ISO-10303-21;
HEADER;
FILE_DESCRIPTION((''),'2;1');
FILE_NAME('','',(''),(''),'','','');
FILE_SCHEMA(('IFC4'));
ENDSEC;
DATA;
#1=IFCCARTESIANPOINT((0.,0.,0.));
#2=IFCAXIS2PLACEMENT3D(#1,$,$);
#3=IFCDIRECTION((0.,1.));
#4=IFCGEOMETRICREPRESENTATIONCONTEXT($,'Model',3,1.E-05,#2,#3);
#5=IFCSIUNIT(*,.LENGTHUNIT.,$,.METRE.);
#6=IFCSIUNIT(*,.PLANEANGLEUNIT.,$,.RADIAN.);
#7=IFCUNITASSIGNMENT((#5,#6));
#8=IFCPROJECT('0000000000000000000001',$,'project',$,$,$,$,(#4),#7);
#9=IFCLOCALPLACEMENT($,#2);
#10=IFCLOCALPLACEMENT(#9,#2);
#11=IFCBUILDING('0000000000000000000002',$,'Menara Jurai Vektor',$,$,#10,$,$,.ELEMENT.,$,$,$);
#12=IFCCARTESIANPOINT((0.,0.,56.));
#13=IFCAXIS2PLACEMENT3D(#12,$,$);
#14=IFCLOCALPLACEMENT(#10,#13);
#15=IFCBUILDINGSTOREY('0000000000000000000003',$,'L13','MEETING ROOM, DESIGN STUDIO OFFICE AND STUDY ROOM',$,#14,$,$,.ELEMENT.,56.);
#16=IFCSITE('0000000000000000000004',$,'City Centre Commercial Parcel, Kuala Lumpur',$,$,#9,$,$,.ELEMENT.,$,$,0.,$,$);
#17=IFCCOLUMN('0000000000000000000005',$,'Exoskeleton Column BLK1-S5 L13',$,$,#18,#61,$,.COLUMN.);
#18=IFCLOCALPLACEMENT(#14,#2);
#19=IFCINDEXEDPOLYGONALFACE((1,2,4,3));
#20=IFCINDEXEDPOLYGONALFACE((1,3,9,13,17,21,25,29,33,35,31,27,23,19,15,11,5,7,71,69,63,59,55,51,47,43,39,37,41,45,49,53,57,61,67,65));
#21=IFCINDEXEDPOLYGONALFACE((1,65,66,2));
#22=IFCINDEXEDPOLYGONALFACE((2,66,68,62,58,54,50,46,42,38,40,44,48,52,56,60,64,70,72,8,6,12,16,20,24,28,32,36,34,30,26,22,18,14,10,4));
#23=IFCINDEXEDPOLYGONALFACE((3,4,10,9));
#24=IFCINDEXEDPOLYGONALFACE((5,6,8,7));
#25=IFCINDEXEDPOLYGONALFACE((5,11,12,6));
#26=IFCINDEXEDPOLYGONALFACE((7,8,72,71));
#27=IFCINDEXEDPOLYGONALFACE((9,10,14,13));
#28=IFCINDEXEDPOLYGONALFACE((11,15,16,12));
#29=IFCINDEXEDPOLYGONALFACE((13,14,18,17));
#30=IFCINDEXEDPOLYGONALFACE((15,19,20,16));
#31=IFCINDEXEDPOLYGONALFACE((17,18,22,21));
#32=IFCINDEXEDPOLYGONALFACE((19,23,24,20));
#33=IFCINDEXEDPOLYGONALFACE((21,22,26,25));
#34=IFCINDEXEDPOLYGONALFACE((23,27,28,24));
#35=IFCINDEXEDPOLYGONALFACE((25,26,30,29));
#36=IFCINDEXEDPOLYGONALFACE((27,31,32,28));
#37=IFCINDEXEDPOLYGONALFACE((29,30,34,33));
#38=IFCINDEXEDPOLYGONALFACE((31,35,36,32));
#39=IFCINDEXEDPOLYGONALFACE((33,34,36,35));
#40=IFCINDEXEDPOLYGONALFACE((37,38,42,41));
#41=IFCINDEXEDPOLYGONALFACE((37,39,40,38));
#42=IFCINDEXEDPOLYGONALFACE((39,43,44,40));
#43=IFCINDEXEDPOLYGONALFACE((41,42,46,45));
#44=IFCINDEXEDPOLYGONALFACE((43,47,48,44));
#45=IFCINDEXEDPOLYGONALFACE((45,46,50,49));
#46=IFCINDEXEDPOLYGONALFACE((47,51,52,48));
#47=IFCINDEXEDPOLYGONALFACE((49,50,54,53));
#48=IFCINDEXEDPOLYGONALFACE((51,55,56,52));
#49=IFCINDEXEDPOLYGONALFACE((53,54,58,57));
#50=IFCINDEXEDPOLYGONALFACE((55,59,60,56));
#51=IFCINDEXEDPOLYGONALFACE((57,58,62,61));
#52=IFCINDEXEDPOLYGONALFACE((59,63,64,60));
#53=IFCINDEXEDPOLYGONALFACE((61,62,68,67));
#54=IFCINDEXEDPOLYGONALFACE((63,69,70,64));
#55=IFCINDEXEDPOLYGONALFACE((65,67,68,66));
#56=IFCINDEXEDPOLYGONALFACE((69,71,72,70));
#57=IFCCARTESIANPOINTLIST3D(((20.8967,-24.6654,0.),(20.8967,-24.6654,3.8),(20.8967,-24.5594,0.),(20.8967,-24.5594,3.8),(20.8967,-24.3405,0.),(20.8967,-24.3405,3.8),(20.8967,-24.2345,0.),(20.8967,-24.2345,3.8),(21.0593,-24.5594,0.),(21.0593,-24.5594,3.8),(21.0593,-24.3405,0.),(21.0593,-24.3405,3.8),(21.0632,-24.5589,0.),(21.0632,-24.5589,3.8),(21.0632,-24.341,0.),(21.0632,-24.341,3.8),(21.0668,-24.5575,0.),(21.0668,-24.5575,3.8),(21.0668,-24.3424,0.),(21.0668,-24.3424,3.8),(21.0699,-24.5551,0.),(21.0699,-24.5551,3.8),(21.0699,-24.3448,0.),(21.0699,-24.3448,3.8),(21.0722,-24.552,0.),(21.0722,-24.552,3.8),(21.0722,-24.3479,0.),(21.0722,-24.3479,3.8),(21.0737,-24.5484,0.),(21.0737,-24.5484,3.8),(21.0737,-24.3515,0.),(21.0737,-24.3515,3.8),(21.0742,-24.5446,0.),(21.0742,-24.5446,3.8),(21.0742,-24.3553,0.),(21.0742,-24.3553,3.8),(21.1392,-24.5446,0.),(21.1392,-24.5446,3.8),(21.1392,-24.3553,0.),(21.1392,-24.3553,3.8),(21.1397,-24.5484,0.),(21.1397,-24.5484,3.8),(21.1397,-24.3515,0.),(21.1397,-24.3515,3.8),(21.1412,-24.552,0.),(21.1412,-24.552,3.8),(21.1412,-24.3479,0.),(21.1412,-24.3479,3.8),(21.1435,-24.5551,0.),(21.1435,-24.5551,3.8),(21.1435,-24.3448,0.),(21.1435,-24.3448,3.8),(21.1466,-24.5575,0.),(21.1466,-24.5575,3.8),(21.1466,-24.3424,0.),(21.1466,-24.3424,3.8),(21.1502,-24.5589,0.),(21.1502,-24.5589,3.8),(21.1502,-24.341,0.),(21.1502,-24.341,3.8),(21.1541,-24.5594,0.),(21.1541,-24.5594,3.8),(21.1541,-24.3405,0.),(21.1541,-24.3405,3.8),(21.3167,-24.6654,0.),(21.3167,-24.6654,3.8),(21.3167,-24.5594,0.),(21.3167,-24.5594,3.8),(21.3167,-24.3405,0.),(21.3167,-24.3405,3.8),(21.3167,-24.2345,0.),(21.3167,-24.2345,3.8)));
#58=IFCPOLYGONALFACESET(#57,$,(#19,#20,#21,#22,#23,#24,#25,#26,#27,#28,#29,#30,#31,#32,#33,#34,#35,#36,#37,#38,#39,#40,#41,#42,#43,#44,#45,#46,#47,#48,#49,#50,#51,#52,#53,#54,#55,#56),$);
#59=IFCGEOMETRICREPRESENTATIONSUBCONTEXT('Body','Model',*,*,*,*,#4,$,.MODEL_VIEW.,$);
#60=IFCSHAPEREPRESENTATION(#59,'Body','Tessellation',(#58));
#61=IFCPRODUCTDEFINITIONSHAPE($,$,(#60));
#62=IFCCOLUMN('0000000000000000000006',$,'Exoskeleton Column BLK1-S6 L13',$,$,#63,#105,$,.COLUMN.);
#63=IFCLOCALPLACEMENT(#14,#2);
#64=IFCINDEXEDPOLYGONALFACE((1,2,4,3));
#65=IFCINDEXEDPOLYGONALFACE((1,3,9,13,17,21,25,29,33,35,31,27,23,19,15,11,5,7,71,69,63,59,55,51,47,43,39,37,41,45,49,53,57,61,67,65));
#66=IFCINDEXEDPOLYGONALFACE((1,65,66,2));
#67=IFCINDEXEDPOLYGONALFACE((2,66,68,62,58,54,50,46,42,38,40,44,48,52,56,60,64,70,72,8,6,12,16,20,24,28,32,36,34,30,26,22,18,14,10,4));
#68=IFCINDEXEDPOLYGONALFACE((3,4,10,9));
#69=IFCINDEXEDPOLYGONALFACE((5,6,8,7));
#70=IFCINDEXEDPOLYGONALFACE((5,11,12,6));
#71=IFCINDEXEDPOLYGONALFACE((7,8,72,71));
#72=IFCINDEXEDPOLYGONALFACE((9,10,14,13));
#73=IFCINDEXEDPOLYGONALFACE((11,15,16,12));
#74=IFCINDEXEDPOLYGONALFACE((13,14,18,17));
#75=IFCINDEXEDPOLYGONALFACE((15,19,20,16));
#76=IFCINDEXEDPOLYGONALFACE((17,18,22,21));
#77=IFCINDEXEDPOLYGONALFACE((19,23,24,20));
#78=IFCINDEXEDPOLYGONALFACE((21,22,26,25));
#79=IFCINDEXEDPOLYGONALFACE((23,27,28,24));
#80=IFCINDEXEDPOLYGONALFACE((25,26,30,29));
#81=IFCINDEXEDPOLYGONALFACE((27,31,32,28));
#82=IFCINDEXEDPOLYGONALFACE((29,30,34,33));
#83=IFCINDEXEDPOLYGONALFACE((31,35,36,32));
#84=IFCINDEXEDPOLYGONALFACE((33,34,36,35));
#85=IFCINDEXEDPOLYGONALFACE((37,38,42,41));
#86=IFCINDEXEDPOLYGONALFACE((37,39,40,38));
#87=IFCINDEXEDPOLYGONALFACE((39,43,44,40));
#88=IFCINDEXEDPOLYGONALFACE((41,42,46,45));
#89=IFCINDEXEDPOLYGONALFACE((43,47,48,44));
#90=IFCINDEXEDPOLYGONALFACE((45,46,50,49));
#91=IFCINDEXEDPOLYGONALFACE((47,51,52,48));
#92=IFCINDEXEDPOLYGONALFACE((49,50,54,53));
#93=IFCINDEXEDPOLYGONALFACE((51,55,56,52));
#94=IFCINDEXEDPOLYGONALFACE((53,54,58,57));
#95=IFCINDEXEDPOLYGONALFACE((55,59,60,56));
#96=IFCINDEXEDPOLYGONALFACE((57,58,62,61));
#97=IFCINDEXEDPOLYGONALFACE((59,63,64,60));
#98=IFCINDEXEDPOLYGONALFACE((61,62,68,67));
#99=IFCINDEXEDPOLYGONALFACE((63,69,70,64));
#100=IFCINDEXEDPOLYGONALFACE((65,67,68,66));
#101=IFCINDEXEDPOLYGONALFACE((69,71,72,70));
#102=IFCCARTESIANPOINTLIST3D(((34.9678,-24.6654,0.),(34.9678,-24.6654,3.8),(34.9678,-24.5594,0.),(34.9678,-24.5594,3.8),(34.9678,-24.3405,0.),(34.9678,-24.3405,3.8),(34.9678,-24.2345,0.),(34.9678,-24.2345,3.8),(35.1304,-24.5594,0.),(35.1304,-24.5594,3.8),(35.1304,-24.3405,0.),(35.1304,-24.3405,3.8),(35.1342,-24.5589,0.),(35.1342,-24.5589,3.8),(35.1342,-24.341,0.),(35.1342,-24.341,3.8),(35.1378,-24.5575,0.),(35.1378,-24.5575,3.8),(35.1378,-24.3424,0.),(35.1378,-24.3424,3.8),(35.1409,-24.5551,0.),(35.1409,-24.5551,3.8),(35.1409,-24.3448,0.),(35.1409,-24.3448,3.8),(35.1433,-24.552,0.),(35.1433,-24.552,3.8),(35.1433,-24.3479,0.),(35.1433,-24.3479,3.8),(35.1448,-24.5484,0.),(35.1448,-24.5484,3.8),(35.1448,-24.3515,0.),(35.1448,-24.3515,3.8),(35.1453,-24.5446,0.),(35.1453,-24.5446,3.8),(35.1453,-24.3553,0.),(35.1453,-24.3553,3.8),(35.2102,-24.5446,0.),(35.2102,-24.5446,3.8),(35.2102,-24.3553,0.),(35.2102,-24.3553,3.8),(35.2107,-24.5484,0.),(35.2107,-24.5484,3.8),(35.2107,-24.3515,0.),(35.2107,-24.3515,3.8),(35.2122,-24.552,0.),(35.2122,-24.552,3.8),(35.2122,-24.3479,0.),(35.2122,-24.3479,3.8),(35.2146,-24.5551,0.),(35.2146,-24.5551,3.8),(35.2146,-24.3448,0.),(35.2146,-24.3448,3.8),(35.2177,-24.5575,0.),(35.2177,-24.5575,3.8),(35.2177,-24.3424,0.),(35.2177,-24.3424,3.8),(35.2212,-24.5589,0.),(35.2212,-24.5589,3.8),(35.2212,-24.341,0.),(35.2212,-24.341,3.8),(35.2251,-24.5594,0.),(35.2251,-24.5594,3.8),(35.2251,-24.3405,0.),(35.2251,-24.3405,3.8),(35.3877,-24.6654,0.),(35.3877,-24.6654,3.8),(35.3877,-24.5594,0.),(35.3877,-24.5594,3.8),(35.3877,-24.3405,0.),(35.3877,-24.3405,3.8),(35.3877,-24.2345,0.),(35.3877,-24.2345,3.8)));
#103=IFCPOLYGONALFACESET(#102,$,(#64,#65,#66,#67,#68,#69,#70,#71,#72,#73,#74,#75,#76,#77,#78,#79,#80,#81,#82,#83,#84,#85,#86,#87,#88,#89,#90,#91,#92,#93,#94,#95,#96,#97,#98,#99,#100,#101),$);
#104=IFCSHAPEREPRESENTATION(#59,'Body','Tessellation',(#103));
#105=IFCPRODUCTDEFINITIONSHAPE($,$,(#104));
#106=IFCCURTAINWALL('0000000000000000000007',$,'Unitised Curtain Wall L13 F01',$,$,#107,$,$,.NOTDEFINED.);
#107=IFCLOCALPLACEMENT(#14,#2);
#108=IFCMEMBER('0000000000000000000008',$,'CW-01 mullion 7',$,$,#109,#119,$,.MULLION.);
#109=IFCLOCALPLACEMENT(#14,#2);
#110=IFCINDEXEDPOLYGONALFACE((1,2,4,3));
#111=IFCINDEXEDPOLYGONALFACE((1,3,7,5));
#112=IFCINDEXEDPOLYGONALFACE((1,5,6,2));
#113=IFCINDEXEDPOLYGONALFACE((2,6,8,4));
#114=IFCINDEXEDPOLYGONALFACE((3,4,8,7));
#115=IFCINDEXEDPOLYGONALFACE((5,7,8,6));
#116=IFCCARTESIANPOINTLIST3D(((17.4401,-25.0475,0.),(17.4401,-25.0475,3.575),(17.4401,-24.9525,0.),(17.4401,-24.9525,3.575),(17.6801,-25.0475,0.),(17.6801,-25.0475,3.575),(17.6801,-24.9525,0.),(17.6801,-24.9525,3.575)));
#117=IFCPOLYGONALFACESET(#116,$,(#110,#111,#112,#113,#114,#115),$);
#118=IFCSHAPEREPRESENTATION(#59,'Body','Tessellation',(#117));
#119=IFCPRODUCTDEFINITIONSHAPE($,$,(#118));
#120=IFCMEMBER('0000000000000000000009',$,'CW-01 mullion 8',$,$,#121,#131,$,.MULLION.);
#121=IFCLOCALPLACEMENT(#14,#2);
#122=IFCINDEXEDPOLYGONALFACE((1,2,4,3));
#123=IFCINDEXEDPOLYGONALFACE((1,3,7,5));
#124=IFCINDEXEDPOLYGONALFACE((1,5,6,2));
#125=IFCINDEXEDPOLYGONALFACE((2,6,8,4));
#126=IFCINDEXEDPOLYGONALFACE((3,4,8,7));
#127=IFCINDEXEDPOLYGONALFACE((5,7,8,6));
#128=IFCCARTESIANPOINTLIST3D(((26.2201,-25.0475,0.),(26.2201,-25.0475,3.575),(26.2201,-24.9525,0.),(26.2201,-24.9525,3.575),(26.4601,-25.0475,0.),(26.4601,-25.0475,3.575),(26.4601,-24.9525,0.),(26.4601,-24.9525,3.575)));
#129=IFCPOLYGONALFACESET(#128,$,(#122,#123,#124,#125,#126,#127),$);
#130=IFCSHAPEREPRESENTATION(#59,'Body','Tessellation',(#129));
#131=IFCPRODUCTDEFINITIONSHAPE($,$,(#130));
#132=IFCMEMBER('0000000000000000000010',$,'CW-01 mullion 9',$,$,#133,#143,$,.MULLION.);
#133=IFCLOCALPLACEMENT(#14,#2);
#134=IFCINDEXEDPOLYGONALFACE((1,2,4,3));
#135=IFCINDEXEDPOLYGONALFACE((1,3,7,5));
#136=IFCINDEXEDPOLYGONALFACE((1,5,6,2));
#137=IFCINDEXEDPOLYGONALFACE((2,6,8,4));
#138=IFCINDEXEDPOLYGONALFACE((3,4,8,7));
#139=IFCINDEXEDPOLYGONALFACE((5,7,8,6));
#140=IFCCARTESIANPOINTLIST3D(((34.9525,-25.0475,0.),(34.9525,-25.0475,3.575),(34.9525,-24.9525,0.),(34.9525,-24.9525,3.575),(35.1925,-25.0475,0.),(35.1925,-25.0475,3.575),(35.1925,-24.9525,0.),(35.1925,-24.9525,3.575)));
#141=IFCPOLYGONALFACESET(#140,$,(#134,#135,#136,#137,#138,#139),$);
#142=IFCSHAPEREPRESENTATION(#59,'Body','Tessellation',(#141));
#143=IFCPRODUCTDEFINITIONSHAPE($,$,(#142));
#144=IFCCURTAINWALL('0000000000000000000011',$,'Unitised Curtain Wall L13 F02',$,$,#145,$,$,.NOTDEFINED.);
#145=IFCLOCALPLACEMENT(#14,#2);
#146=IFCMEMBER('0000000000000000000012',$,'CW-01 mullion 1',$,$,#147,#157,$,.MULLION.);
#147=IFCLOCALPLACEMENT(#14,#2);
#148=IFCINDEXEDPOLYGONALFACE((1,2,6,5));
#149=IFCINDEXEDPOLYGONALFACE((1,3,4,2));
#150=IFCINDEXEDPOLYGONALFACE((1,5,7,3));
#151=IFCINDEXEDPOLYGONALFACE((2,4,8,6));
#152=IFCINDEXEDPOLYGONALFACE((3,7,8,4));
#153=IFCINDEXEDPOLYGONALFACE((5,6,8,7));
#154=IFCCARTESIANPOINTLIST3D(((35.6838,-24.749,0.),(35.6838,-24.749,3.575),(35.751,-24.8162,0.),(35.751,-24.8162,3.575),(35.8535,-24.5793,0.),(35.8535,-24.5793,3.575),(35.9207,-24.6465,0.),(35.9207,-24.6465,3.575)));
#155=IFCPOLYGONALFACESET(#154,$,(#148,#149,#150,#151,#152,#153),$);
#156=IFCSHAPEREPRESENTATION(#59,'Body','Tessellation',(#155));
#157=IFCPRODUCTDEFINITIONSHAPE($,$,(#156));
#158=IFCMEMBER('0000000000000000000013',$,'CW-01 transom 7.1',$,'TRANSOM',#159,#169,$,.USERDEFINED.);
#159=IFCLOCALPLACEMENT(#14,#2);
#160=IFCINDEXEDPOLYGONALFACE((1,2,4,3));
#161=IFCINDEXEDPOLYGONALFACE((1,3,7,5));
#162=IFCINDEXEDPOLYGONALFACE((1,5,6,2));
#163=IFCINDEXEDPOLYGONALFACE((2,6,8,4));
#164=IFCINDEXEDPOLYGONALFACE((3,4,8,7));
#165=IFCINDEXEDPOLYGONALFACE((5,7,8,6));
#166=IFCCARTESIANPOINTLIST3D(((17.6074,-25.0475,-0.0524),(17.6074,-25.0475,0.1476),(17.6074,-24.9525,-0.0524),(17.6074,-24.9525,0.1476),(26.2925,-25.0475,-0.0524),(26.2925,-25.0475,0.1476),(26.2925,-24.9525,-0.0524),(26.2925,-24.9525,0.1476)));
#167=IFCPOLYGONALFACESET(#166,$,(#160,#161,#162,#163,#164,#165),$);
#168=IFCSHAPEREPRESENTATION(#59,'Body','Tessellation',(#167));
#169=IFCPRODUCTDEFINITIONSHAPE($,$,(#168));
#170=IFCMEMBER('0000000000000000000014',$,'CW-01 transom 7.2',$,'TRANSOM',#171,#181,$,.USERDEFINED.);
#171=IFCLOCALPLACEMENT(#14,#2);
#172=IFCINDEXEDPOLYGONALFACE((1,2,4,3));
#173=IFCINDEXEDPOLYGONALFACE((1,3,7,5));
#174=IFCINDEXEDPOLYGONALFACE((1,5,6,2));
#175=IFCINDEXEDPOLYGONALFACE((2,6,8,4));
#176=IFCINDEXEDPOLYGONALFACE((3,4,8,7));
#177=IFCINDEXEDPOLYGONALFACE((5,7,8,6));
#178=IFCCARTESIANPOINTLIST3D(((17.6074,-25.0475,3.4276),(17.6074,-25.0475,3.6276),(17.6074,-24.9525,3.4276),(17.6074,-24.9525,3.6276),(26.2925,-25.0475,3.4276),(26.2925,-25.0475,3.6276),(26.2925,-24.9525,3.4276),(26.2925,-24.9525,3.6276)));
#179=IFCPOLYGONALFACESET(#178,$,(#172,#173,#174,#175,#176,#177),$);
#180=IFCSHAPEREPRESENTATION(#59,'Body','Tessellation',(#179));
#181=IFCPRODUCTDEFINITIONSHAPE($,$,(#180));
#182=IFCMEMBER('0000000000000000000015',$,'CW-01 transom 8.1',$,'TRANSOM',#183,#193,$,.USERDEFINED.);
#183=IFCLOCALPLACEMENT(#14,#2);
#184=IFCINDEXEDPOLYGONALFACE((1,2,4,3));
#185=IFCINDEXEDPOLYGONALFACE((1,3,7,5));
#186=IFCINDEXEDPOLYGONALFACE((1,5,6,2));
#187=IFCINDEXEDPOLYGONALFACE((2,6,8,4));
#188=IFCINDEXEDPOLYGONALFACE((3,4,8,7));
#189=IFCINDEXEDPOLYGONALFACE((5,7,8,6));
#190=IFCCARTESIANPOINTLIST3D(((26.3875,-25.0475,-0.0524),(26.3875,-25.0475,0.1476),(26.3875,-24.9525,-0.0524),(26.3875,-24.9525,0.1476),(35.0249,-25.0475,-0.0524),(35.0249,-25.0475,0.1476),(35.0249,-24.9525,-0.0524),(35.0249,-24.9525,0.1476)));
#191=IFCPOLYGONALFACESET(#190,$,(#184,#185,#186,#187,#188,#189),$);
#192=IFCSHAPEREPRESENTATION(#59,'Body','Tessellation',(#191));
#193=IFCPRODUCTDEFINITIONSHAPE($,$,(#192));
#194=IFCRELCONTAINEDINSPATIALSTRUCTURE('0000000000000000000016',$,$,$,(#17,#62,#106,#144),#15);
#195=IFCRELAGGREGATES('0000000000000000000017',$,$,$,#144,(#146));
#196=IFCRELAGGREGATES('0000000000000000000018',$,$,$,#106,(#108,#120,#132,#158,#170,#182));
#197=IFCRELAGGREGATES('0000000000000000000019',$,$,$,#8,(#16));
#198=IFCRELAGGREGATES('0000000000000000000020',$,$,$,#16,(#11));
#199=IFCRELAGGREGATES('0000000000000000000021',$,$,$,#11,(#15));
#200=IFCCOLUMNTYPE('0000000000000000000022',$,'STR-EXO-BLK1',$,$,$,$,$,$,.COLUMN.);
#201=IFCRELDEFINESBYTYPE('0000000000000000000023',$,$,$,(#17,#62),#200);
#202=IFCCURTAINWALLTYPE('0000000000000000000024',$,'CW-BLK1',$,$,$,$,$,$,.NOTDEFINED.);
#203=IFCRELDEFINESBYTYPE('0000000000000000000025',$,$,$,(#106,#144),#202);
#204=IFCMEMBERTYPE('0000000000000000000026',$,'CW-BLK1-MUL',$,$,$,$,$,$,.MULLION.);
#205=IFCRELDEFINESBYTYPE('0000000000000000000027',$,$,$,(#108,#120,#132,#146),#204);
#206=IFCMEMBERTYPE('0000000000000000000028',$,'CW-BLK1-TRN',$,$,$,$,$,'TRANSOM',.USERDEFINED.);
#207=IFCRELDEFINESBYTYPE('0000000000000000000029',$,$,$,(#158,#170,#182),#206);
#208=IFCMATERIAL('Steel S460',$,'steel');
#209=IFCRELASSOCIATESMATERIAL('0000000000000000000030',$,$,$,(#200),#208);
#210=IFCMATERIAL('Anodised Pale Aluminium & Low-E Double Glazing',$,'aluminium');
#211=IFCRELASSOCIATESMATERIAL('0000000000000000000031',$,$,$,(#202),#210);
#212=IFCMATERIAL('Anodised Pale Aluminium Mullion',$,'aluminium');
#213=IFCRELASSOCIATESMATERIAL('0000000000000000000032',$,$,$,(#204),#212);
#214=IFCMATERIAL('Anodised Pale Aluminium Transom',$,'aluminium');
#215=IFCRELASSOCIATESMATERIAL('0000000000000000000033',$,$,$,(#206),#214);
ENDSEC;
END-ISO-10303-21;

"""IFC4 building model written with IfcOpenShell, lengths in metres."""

from ifc_helpers import new_model, si_unit, direction, frame, origin, origin_2d, place, context, subcontext, project, spatial, rectangle, i_section, extrude, material, material_profile, profile_set, type_object, element, aggregate, save


model = new_model("IFC4")

# Units and contexts
model_context = context("Model", 3, precision=1e-05, world=origin(), true_north=direction((0.0, 1.0)))
body_context = subcontext(model_context, "Body", "Model", "MODEL_VIEW")
ifc_project = project(units=[si_unit("LENGTHUNIT", "METRE"), si_unit("PLANEANGLEUNIT", "RADIAN")], contexts=[model_context])

# Site, building, storey
site_placement = place(None, origin())
site = spatial("IfcSite", under=ifc_project, at=site_placement, Name="City Centre Commercial Parcel, Kuala Lumpur", CompositionType="ELEMENT", RefElevation=0.0)
building_placement = place(site_placement, origin())
building = spatial("IfcBuilding", under=site, at=building_placement, Name="Menara Jurai Vektor", CompositionType="ELEMENT")
storey_placement = place(building_placement, frame((0.0, 0.0, 56.0)))
storey = spatial("IfcBuildingStorey", under=building, at=storey_placement, Name="L13", Description="MEETING ROOM, DESIGN STUDIO OFFICE AND STUDY ROOM", CompositionType="ELEMENT", Elevation=56.0)

# Columns
ifc_material_1 = material(Name="Steel S460", Category="steel")
ifc_material_profile_1 = material_profile(ifc_material_1, i_section(OverallWidth=0.4199, OverallDepth=0.4309, WebThickness=0.0649, FlangeThickness=0.106, FilletRadius=0.0149, at=origin_2d()), Name="HD 400x900")
ifc_profile_set_1 = profile_set([ifc_material_profile_1], Name="Steel S460")
column_type = type_object("IfcColumnType", Name="STR-EXO-BLK1", PredefinedType="COLUMN", material=ifc_profile_set_1)
for number, where, z_axis, x_axis, name in (
    (1, (21.1067, -24.45, 0.0), (0.0, 0.0, 1.0), (1.0, 0.0, 0.0), "Exoskeleton Column BLK1-S5 L13"),
    (2, (35.1777, -24.45, 0.0), (0.0, 0.0, 1.0), (1.0, 0.0, 0.0), "Exoskeleton Column BLK1-S6 L13"),
):
    element("IfcColumn", number, at=place(storey_placement, frame(where, z_axis=z_axis, x_axis=x_axis)), inside=storey, type_object=column_type, Name=name, PredefinedType="COLUMN", context=body_context, shape_type="SweptSolid", body=[
        extrude(i_section(OverallWidth=0.4199, OverallDepth=0.4309, WebThickness=0.0649, FlangeThickness=0.106, FilletRadius=0.0149, at=origin_2d()), origin(), (0.0, 0.0, 1.0), 3.8),
    ])

# Curtain wall, members
ifc_material_2 = material(Name="Anodised Pale Aluminium & Low-E Double Glazing", Category="aluminium")
curtain_wall_type = type_object("IfcCurtainWallType", Name="CW-BLK1", PredefinedType="NOTDEFINED", material=ifc_material_2)
curtain_wall_1_placement = place(storey_placement, origin())
curtain_wall_1 = element("IfcCurtainWall", 3, at=curtain_wall_1_placement, inside=storey, type_object=curtain_wall_type, Name="Unitised Curtain Wall L13 F01", PredefinedType="NOTDEFINED")
ifc_material_3 = material(Name="Anodised Pale Aluminium Mullion", Category="aluminium")
ifc_material_profile_2 = material_profile(ifc_material_3, rectangle(XDim=0.095, YDim=0.24, at=origin_2d()), Name="ALU MUL 95x240")
ifc_profile_set_2 = profile_set([ifc_material_profile_2], Name="Anodised Pale Aluminium Mullion")
member_type_1 = type_object("IfcMemberType", Name="CW-BLK1-MUL", PredefinedType="MULLION", material=ifc_profile_set_2)
member_1_placement = place(storey_placement, frame((17.5601, -25.0, 0.0), z_axis=(0.0, 0.0, 1.0), x_axis=(0.0, 1.0, 0.0)))
member_1 = element("IfcMember", 4, at=member_1_placement, type_object=member_type_1, Name="CW-01 mullion 7", PredefinedType="MULLION", context=body_context, shape_type="SweptSolid", body=[
    extrude(rectangle(XDim=0.095, YDim=0.24, at=origin_2d()), origin(), (0.0, 0.0, 1.0), 3.575),
])
member_2_placement = place(storey_placement, frame((26.3401, -25.0, 0.0), z_axis=(0.0, 0.0, 1.0), x_axis=(0.0, 1.0, 0.0)))
member_2 = element("IfcMember", 5, at=member_2_placement, type_object=member_type_1, Name="CW-01 mullion 8", PredefinedType="MULLION", context=body_context, shape_type="SweptSolid", body=[
    extrude(rectangle(XDim=0.095, YDim=0.24, at=origin_2d()), origin(), (0.0, 0.0, 1.0), 3.575),
])
member_3_placement = place(storey_placement, frame((35.0725, -25.0, 0.0), z_axis=(0.0, 0.0, 1.0), x_axis=(0.0, 1.0, 0.0)))
member_3 = element("IfcMember", 6, at=member_3_placement, type_object=member_type_1, Name="CW-01 mullion 9", PredefinedType="MULLION", context=body_context, shape_type="SweptSolid", body=[
    extrude(rectangle(XDim=0.095, YDim=0.24, at=origin_2d()), origin(), (0.0, 0.0, 1.0), 3.575),
])

# Curtain wall, member
curtain_wall_2_placement = place(storey_placement, origin())
curtain_wall_2 = element("IfcCurtainWall", 7, at=curtain_wall_2_placement, inside=storey, type_object=curtain_wall_type, Name="Unitised Curtain Wall L13 F02", PredefinedType="NOTDEFINED")
member_4_placement = place(storey_placement, frame((35.8022, -24.6978, 0.0), z_axis=(0.0, 0.0, 1.0), x_axis=(-0.707107, 0.707107, 0.0)))
member_4 = element("IfcMember", 8, at=member_4_placement, type_object=member_type_1, Name="CW-01 mullion 1", PredefinedType="MULLION", context=body_context, shape_type="SweptSolid", body=[
    extrude(rectangle(XDim=0.095, YDim=0.24, at=origin_2d()), origin(), (0.0, 0.0, 1.0), 3.575),
])

# Members
ifc_material_4 = material(Name="Anodised Pale Aluminium Transom", Category="aluminium")
ifc_material_profile_3 = material_profile(ifc_material_4, rectangle(XDim=0.095, YDim=0.2, at=origin_2d()), Name="ALU TRN 95x200")
ifc_profile_set_3 = profile_set([ifc_material_profile_3], Name="Anodised Pale Aluminium Transom")
member_type_2 = type_object("IfcMemberType", Name="CW-BLK1-TRN", ElementType="TRANSOM", PredefinedType="USERDEFINED", material=ifc_profile_set_3)
member_5_placement = place(storey_placement, frame((17.6074, -25.0, 0.0476), z_axis=(1.0, 0.0, 0.0), x_axis=(0.0, 1.0, 0.0)))
member_5 = element("IfcMember", 9, at=member_5_placement, type_object=member_type_2, Name="CW-01 transom 7.1", ObjectType="TRANSOM", PredefinedType="USERDEFINED", context=body_context, shape_type="SweptSolid", body=[
    extrude(rectangle(XDim=0.095, YDim=0.2, at=origin_2d()), origin(), (0.0, 0.0, 1.0), 8.6851),
])
member_6_placement = place(storey_placement, frame((17.6074, -25.0, 3.5276), z_axis=(1.0, 0.0, 0.0), x_axis=(0.0, 1.0, 0.0)))
member_6 = element("IfcMember", 10, at=member_6_placement, type_object=member_type_2, Name="CW-01 transom 7.2", ObjectType="TRANSOM", PredefinedType="USERDEFINED", context=body_context, shape_type="SweptSolid", body=[
    extrude(rectangle(XDim=0.095, YDim=0.2, at=origin_2d()), origin(), (0.0, 0.0, 1.0), 8.6851),
])
member_7_placement = place(storey_placement, frame((26.3875, -25.0, 0.0476), z_axis=(1.0, 0.0, 0.0), x_axis=(0.0, 1.0, 0.0)))
member_7 = element("IfcMember", 11, at=member_7_placement, type_object=member_type_2, Name="CW-01 transom 8.1", ObjectType="TRANSOM", PredefinedType="USERDEFINED", context=body_context, shape_type="SweptSolid", body=[
    extrude(rectangle(XDim=0.095, YDim=0.2, at=origin_2d()), origin(), (0.0, 0.0, 1.0), 8.6375),
])
aggregate(curtain_wall_2, [member_4])

aggregate(curtain_wall_1, [member_1, member_2, member_3, member_5, member_6, member_7])

save(model, "model.ifc")
